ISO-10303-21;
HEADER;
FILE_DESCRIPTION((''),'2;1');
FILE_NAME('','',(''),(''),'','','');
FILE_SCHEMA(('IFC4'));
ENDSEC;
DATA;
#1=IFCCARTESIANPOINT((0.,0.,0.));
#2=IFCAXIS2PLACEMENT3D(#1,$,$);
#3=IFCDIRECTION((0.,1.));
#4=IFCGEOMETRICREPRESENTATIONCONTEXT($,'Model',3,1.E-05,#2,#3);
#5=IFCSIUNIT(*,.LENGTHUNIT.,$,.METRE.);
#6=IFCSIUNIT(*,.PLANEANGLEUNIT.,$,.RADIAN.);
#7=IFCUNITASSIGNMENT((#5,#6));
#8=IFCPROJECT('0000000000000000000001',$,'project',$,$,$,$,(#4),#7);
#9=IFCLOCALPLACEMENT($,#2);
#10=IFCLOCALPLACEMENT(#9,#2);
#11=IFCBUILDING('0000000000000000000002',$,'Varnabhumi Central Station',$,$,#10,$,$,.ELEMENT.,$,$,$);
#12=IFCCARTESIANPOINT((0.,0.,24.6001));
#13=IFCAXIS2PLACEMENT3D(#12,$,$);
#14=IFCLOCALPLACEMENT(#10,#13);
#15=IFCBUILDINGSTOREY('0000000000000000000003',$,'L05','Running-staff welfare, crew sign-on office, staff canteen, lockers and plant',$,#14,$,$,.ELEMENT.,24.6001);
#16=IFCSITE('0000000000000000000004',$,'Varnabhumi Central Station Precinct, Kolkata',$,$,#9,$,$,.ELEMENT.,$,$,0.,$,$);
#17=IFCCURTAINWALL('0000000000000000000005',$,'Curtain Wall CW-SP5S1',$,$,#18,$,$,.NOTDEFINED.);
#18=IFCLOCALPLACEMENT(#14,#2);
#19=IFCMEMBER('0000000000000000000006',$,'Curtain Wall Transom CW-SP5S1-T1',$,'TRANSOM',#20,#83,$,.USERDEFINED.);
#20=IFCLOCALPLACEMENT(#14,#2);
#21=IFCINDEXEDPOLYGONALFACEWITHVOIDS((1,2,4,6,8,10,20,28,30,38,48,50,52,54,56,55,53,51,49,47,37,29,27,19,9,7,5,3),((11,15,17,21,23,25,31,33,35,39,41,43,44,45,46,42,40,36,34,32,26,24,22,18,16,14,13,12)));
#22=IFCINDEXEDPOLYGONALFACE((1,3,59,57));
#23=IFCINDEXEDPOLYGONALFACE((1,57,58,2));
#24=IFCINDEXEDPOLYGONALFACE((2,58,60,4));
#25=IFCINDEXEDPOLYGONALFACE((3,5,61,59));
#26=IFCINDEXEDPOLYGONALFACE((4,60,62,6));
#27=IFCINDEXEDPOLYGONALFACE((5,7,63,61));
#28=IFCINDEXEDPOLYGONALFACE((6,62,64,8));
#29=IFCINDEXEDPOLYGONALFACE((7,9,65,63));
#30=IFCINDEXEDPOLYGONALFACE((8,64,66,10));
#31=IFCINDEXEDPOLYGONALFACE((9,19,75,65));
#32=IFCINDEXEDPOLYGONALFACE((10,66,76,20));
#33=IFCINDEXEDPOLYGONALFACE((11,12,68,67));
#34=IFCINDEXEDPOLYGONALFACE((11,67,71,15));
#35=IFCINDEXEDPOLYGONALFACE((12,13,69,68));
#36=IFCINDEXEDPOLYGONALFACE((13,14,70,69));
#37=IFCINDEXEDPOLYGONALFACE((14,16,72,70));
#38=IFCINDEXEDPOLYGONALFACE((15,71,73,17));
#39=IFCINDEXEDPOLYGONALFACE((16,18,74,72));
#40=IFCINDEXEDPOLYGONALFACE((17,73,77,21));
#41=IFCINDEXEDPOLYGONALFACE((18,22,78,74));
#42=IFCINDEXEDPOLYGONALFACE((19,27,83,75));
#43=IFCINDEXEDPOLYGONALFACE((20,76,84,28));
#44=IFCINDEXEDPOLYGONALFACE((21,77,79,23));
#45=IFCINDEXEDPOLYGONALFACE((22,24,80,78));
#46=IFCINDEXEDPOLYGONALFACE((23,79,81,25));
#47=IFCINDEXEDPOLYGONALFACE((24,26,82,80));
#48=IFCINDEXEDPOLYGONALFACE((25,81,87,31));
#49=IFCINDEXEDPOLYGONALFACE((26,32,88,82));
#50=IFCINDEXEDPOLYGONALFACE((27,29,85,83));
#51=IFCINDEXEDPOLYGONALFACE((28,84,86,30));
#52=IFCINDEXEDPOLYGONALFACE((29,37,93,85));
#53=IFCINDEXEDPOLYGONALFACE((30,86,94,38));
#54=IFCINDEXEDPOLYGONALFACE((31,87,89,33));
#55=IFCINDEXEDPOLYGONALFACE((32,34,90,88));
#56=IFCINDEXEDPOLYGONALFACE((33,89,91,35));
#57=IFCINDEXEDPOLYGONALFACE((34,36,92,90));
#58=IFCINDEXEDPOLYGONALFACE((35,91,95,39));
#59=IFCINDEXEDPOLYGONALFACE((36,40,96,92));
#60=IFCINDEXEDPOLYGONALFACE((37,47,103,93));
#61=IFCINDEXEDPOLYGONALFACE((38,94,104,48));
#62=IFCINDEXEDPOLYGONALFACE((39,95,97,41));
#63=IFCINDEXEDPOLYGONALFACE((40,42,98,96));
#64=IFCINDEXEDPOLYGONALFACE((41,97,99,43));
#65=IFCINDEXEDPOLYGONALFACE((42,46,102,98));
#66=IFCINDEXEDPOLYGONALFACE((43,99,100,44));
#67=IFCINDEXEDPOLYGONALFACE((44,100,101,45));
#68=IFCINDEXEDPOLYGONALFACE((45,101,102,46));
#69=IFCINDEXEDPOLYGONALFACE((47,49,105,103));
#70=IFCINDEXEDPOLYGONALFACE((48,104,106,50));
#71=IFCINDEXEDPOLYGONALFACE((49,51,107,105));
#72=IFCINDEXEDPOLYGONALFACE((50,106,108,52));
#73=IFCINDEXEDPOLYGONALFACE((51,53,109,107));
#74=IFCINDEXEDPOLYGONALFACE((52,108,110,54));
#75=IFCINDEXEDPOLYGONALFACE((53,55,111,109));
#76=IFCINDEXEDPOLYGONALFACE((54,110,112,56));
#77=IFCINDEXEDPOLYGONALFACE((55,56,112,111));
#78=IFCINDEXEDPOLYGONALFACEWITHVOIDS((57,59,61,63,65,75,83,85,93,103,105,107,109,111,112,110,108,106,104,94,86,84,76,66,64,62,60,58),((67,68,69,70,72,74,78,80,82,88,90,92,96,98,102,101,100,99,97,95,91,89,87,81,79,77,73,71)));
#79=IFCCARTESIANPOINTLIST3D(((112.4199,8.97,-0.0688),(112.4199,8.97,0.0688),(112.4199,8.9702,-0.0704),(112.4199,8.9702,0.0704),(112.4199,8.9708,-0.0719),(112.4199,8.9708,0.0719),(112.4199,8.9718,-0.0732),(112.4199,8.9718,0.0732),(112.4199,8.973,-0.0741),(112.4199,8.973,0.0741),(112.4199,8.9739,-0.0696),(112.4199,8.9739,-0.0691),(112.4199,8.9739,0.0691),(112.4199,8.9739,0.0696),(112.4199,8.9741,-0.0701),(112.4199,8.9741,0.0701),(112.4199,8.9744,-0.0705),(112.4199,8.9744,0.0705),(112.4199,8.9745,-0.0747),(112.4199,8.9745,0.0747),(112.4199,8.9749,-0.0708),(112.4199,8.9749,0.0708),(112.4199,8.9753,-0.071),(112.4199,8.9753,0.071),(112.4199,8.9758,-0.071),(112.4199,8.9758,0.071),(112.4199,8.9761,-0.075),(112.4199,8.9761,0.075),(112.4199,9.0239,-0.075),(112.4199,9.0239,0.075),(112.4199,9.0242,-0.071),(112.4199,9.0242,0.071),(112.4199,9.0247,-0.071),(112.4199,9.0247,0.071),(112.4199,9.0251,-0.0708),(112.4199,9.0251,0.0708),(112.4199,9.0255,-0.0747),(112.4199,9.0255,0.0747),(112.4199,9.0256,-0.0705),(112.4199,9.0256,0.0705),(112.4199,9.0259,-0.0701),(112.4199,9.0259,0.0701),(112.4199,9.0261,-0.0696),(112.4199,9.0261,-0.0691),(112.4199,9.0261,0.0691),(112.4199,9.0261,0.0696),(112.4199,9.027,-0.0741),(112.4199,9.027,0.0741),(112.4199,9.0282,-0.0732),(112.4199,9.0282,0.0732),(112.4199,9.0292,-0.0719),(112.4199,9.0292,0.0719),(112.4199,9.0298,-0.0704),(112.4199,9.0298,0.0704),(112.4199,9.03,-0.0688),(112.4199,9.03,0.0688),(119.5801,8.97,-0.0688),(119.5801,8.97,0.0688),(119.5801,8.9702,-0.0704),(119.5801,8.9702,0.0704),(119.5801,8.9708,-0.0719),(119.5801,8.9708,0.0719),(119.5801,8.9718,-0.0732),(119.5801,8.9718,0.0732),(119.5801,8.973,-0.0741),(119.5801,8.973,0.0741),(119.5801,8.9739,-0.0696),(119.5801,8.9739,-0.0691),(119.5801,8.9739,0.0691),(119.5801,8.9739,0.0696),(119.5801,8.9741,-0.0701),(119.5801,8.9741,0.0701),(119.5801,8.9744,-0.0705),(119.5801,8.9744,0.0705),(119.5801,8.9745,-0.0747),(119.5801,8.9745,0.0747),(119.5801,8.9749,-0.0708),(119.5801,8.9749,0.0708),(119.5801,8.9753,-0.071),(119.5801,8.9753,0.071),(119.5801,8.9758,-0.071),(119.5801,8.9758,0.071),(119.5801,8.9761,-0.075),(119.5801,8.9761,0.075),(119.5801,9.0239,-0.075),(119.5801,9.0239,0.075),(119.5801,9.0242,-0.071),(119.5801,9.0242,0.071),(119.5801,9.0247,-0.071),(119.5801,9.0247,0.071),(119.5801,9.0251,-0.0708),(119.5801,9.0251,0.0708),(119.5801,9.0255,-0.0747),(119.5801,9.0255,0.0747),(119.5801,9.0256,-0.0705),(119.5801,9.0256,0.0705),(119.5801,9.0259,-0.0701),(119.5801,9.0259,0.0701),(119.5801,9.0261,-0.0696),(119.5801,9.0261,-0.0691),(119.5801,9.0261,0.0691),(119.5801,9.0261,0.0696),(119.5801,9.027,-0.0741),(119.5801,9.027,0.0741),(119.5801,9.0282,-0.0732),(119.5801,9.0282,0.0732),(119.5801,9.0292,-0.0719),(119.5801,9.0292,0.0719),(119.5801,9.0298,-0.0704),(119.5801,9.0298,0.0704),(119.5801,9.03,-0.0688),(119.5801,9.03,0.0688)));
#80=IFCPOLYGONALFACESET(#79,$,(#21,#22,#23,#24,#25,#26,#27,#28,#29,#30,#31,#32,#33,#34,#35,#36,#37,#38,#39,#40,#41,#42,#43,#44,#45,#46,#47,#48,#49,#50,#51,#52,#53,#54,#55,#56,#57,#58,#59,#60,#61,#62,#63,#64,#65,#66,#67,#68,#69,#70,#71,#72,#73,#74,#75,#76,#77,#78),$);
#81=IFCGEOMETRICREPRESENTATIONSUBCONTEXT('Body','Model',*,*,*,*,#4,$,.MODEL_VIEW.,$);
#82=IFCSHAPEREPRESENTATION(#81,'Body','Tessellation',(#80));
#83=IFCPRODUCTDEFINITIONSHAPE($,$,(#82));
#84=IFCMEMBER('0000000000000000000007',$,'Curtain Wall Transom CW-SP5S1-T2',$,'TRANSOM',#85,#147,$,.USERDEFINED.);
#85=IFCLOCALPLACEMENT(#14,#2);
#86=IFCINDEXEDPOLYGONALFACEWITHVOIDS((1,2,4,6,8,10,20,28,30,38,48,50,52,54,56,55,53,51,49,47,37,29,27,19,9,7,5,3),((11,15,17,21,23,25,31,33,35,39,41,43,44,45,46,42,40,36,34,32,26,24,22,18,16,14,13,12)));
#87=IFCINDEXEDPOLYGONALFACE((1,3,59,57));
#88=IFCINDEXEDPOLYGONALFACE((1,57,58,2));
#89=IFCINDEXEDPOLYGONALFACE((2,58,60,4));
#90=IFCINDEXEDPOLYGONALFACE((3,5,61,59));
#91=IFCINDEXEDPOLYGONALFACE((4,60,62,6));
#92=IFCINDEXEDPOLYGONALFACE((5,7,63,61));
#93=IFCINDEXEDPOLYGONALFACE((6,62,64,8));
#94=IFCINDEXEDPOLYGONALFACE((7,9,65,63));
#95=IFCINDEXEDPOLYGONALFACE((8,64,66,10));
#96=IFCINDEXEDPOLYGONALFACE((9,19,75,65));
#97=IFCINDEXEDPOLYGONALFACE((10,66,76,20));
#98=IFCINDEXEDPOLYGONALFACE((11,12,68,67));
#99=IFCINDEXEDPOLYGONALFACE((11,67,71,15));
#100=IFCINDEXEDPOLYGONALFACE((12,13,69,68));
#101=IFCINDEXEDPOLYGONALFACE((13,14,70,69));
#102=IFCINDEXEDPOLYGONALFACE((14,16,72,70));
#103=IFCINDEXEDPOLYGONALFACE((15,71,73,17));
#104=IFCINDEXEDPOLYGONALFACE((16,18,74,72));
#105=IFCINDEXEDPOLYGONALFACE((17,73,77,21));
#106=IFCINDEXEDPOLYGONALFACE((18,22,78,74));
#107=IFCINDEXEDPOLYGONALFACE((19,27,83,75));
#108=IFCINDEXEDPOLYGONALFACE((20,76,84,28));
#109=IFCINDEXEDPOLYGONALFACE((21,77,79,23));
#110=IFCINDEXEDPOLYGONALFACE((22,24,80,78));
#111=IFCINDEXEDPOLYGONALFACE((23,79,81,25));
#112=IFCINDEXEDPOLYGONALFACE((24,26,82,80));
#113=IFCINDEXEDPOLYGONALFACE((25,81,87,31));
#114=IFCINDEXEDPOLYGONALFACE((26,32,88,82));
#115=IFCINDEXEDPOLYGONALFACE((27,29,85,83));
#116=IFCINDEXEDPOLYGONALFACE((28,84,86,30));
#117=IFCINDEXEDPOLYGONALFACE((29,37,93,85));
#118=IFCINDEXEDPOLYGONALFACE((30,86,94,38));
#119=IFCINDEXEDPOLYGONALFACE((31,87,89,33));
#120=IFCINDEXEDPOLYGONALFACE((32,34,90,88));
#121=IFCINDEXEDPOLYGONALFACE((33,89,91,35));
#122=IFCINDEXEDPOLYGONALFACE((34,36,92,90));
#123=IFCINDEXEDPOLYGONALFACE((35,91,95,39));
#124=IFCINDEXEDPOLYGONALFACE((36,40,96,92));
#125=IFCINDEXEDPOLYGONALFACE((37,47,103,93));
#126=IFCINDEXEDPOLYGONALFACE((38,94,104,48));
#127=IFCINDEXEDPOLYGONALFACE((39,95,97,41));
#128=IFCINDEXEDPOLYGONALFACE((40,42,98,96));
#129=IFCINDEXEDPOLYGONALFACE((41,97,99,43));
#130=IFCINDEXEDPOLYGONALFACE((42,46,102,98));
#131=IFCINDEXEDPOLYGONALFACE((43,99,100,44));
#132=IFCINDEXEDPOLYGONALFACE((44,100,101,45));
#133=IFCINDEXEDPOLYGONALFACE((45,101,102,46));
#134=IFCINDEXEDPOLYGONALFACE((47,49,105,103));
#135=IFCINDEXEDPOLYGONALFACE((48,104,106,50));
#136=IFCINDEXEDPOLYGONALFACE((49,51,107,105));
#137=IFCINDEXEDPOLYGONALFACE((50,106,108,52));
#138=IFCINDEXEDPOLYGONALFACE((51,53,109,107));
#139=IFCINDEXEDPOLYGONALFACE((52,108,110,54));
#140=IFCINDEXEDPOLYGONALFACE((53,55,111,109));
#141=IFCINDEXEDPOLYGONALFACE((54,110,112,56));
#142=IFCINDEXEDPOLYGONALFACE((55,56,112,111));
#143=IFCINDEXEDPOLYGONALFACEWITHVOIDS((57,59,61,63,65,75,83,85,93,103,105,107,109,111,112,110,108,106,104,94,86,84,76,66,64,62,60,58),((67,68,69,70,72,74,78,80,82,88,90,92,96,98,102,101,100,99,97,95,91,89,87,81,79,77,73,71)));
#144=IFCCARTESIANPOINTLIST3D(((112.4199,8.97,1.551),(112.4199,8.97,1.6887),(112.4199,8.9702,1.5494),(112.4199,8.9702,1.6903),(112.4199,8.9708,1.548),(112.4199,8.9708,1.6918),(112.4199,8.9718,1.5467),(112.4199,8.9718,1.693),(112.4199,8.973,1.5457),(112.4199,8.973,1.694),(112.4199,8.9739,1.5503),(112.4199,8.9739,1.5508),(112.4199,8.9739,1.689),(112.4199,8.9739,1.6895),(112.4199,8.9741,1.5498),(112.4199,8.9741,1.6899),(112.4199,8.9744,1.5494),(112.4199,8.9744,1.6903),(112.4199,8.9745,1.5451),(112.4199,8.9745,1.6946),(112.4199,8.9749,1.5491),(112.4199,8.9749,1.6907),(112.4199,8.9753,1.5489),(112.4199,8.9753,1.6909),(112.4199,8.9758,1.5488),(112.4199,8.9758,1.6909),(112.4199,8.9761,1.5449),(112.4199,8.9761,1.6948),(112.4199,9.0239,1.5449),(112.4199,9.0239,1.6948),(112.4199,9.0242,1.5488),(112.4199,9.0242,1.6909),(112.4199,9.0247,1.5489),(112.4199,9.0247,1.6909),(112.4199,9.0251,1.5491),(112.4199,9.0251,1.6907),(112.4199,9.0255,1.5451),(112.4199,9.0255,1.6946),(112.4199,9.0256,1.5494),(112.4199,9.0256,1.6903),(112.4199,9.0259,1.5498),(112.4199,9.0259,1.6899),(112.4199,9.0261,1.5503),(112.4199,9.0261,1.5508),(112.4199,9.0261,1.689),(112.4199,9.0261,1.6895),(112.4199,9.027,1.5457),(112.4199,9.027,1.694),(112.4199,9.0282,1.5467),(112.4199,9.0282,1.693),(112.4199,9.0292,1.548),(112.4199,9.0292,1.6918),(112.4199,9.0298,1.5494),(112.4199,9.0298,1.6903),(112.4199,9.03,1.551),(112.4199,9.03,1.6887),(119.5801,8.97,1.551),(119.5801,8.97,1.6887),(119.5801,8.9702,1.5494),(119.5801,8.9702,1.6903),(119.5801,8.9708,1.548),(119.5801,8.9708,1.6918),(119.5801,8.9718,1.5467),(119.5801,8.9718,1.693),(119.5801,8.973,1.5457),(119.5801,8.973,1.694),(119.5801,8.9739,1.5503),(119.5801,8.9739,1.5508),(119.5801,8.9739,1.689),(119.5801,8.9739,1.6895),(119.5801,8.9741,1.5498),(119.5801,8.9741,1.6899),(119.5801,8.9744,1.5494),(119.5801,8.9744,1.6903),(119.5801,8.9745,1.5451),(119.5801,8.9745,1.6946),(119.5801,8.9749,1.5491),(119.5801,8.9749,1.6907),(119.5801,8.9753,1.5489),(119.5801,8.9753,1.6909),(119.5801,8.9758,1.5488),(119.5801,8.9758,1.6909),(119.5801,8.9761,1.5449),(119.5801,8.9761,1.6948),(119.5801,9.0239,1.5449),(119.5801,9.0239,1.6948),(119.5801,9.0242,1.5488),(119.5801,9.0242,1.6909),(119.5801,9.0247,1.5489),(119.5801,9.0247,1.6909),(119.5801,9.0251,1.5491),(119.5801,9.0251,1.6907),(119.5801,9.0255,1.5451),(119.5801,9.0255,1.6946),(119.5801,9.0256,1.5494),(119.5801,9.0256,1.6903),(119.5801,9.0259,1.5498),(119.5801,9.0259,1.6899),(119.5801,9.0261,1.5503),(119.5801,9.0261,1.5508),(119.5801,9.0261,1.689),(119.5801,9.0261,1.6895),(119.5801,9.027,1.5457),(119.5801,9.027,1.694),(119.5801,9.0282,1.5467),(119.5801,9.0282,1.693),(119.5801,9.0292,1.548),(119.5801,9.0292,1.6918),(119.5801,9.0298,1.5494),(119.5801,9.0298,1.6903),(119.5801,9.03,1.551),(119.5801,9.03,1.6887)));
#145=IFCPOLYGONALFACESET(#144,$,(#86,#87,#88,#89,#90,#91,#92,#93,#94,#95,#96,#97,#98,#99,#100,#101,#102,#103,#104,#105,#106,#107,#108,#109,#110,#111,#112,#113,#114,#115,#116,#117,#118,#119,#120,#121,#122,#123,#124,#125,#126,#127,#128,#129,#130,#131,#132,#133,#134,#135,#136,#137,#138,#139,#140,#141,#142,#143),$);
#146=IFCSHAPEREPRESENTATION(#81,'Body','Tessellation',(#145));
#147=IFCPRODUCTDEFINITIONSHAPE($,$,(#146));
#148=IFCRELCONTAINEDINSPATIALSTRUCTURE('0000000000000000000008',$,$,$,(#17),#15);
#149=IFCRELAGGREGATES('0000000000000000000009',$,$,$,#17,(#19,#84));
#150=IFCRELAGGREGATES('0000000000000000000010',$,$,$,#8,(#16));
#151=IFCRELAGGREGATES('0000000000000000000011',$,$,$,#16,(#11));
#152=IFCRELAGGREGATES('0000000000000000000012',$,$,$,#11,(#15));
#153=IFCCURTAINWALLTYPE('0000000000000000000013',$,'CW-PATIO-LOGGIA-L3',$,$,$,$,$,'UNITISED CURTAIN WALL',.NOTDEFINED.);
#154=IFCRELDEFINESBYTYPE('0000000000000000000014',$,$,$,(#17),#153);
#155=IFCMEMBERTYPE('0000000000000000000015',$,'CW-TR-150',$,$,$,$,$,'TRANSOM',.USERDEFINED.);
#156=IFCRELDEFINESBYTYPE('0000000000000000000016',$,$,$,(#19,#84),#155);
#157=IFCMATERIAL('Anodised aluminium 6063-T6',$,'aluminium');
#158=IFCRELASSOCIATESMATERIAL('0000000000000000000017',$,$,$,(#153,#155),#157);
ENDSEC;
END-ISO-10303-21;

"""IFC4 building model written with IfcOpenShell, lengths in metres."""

from ifc_helpers import new_model, si_unit, direction, frame, origin, origin_2d, place, context, subcontext, project, spatial, hollow_rectangle, extrude, material, material_profile, profile_set, type_object, element, aggregate, save


model = new_model("IFC4")

# Units and contexts
model_context = context("Model", 3, precision=1e-05, world=origin(), true_north=direction((0.0, 1.0)))
body_context = subcontext(model_context, "Body", "Model", "MODEL_VIEW")
ifc_project = project(units=[si_unit("LENGTHUNIT", "METRE"), si_unit("PLANEANGLEUNIT", "RADIAN")], contexts=[model_context])

# Site, building, storey
site_placement = place(None, origin())
site = spatial("IfcSite", under=ifc_project, at=site_placement, Name="Varnabhumi Central Station Precinct, Kolkata", CompositionType="ELEMENT", RefElevation=0.0)
building_placement = place(site_placement, origin())
building = spatial("IfcBuilding", under=site, at=building_placement, Name="Varnabhumi Central Station", CompositionType="ELEMENT")
storey_placement = place(building_placement, frame((0.0, 0.0, 24.6001)))
storey = spatial("IfcBuildingStorey", under=building, at=storey_placement, Name="L05", Description="Running-staff welfare, crew sign-on office, staff canteen, lockers and plant", CompositionType="ELEMENT", Elevation=24.6001)

# Curtain wall, members
ifc_material_1 = material(Name="Anodised aluminium 6063-T6", Category="aluminium")
curtain_wall_type = type_object("IfcCurtainWallType", Name="CW-PATIO-LOGGIA-L3", ElementType="UNITISED CURTAIN WALL", PredefinedType="NOTDEFINED", material=ifc_material_1)
curtain_wall_placement = place(storey_placement, origin())
curtain_wall = element("IfcCurtainWall", 1, at=curtain_wall_placement, inside=storey, type_object=curtain_wall_type, Name="Curtain Wall CW-SP5S1", PredefinedType="NOTDEFINED")
ifc_material_profile_1 = material_profile(ifc_material_1, hollow_rectangle(XDim=0.0601, YDim=0.1499, WallThickness=0.0039, InnerFilletRadius=0.002, OuterFilletRadius=0.0061, at=origin_2d()), Name="Anodised aluminium 6063-T6", Category="aluminium")
ifc_profile_set_1 = profile_set([ifc_material_profile_1], Name="Anodised aluminium 6063-T6")
member_type_1 = type_object("IfcMemberType", Name="CW-TR-150", ElementType="TRANSOM", PredefinedType="USERDEFINED", material=ifc_profile_set_1)
member_1_placement = place(storey_placement, frame((112.4199, 9.0, 0.0), z_axis=(1.0, 0.0, 0.0), x_axis=(0.0, 1.0, 0.0)))
member_1 = element("IfcMember", 2, at=member_1_placement, type_object=member_type_1, Name="Curtain Wall Transom CW-SP5S1-T1", ObjectType="TRANSOM", PredefinedType="USERDEFINED", context=body_context, shape_type="SweptSolid", body=[
    extrude(hollow_rectangle(XDim=0.0601, YDim=0.1499, WallThickness=0.0039, InnerFilletRadius=0.002, OuterFilletRadius=0.0061, at=origin_2d()), origin(), (0.0, 0.0, 1.0), 7.1602),
])
member_2_placement = place(storey_placement, frame((112.4199, 9.0, 1.6199), z_axis=(1.0, 0.0, 0.0), x_axis=(0.0, 1.0, 0.0)))
member_2 = element("IfcMember", 3, at=member_2_placement, type_object=member_type_1, Name="Curtain Wall Transom CW-SP5S1-T2", ObjectType="TRANSOM", PredefinedType="USERDEFINED", context=body_context, shape_type="SweptSolid", body=[
    extrude(hollow_rectangle(XDim=0.0601, YDim=0.1499, WallThickness=0.0039, InnerFilletRadius=0.002, OuterFilletRadius=0.0061, at=origin_2d()), origin(), (0.0, 0.0, 1.0), 7.1602),
])

aggregate(curtain_wall, [member_1, member_2])

save(model, "model.ifc")
